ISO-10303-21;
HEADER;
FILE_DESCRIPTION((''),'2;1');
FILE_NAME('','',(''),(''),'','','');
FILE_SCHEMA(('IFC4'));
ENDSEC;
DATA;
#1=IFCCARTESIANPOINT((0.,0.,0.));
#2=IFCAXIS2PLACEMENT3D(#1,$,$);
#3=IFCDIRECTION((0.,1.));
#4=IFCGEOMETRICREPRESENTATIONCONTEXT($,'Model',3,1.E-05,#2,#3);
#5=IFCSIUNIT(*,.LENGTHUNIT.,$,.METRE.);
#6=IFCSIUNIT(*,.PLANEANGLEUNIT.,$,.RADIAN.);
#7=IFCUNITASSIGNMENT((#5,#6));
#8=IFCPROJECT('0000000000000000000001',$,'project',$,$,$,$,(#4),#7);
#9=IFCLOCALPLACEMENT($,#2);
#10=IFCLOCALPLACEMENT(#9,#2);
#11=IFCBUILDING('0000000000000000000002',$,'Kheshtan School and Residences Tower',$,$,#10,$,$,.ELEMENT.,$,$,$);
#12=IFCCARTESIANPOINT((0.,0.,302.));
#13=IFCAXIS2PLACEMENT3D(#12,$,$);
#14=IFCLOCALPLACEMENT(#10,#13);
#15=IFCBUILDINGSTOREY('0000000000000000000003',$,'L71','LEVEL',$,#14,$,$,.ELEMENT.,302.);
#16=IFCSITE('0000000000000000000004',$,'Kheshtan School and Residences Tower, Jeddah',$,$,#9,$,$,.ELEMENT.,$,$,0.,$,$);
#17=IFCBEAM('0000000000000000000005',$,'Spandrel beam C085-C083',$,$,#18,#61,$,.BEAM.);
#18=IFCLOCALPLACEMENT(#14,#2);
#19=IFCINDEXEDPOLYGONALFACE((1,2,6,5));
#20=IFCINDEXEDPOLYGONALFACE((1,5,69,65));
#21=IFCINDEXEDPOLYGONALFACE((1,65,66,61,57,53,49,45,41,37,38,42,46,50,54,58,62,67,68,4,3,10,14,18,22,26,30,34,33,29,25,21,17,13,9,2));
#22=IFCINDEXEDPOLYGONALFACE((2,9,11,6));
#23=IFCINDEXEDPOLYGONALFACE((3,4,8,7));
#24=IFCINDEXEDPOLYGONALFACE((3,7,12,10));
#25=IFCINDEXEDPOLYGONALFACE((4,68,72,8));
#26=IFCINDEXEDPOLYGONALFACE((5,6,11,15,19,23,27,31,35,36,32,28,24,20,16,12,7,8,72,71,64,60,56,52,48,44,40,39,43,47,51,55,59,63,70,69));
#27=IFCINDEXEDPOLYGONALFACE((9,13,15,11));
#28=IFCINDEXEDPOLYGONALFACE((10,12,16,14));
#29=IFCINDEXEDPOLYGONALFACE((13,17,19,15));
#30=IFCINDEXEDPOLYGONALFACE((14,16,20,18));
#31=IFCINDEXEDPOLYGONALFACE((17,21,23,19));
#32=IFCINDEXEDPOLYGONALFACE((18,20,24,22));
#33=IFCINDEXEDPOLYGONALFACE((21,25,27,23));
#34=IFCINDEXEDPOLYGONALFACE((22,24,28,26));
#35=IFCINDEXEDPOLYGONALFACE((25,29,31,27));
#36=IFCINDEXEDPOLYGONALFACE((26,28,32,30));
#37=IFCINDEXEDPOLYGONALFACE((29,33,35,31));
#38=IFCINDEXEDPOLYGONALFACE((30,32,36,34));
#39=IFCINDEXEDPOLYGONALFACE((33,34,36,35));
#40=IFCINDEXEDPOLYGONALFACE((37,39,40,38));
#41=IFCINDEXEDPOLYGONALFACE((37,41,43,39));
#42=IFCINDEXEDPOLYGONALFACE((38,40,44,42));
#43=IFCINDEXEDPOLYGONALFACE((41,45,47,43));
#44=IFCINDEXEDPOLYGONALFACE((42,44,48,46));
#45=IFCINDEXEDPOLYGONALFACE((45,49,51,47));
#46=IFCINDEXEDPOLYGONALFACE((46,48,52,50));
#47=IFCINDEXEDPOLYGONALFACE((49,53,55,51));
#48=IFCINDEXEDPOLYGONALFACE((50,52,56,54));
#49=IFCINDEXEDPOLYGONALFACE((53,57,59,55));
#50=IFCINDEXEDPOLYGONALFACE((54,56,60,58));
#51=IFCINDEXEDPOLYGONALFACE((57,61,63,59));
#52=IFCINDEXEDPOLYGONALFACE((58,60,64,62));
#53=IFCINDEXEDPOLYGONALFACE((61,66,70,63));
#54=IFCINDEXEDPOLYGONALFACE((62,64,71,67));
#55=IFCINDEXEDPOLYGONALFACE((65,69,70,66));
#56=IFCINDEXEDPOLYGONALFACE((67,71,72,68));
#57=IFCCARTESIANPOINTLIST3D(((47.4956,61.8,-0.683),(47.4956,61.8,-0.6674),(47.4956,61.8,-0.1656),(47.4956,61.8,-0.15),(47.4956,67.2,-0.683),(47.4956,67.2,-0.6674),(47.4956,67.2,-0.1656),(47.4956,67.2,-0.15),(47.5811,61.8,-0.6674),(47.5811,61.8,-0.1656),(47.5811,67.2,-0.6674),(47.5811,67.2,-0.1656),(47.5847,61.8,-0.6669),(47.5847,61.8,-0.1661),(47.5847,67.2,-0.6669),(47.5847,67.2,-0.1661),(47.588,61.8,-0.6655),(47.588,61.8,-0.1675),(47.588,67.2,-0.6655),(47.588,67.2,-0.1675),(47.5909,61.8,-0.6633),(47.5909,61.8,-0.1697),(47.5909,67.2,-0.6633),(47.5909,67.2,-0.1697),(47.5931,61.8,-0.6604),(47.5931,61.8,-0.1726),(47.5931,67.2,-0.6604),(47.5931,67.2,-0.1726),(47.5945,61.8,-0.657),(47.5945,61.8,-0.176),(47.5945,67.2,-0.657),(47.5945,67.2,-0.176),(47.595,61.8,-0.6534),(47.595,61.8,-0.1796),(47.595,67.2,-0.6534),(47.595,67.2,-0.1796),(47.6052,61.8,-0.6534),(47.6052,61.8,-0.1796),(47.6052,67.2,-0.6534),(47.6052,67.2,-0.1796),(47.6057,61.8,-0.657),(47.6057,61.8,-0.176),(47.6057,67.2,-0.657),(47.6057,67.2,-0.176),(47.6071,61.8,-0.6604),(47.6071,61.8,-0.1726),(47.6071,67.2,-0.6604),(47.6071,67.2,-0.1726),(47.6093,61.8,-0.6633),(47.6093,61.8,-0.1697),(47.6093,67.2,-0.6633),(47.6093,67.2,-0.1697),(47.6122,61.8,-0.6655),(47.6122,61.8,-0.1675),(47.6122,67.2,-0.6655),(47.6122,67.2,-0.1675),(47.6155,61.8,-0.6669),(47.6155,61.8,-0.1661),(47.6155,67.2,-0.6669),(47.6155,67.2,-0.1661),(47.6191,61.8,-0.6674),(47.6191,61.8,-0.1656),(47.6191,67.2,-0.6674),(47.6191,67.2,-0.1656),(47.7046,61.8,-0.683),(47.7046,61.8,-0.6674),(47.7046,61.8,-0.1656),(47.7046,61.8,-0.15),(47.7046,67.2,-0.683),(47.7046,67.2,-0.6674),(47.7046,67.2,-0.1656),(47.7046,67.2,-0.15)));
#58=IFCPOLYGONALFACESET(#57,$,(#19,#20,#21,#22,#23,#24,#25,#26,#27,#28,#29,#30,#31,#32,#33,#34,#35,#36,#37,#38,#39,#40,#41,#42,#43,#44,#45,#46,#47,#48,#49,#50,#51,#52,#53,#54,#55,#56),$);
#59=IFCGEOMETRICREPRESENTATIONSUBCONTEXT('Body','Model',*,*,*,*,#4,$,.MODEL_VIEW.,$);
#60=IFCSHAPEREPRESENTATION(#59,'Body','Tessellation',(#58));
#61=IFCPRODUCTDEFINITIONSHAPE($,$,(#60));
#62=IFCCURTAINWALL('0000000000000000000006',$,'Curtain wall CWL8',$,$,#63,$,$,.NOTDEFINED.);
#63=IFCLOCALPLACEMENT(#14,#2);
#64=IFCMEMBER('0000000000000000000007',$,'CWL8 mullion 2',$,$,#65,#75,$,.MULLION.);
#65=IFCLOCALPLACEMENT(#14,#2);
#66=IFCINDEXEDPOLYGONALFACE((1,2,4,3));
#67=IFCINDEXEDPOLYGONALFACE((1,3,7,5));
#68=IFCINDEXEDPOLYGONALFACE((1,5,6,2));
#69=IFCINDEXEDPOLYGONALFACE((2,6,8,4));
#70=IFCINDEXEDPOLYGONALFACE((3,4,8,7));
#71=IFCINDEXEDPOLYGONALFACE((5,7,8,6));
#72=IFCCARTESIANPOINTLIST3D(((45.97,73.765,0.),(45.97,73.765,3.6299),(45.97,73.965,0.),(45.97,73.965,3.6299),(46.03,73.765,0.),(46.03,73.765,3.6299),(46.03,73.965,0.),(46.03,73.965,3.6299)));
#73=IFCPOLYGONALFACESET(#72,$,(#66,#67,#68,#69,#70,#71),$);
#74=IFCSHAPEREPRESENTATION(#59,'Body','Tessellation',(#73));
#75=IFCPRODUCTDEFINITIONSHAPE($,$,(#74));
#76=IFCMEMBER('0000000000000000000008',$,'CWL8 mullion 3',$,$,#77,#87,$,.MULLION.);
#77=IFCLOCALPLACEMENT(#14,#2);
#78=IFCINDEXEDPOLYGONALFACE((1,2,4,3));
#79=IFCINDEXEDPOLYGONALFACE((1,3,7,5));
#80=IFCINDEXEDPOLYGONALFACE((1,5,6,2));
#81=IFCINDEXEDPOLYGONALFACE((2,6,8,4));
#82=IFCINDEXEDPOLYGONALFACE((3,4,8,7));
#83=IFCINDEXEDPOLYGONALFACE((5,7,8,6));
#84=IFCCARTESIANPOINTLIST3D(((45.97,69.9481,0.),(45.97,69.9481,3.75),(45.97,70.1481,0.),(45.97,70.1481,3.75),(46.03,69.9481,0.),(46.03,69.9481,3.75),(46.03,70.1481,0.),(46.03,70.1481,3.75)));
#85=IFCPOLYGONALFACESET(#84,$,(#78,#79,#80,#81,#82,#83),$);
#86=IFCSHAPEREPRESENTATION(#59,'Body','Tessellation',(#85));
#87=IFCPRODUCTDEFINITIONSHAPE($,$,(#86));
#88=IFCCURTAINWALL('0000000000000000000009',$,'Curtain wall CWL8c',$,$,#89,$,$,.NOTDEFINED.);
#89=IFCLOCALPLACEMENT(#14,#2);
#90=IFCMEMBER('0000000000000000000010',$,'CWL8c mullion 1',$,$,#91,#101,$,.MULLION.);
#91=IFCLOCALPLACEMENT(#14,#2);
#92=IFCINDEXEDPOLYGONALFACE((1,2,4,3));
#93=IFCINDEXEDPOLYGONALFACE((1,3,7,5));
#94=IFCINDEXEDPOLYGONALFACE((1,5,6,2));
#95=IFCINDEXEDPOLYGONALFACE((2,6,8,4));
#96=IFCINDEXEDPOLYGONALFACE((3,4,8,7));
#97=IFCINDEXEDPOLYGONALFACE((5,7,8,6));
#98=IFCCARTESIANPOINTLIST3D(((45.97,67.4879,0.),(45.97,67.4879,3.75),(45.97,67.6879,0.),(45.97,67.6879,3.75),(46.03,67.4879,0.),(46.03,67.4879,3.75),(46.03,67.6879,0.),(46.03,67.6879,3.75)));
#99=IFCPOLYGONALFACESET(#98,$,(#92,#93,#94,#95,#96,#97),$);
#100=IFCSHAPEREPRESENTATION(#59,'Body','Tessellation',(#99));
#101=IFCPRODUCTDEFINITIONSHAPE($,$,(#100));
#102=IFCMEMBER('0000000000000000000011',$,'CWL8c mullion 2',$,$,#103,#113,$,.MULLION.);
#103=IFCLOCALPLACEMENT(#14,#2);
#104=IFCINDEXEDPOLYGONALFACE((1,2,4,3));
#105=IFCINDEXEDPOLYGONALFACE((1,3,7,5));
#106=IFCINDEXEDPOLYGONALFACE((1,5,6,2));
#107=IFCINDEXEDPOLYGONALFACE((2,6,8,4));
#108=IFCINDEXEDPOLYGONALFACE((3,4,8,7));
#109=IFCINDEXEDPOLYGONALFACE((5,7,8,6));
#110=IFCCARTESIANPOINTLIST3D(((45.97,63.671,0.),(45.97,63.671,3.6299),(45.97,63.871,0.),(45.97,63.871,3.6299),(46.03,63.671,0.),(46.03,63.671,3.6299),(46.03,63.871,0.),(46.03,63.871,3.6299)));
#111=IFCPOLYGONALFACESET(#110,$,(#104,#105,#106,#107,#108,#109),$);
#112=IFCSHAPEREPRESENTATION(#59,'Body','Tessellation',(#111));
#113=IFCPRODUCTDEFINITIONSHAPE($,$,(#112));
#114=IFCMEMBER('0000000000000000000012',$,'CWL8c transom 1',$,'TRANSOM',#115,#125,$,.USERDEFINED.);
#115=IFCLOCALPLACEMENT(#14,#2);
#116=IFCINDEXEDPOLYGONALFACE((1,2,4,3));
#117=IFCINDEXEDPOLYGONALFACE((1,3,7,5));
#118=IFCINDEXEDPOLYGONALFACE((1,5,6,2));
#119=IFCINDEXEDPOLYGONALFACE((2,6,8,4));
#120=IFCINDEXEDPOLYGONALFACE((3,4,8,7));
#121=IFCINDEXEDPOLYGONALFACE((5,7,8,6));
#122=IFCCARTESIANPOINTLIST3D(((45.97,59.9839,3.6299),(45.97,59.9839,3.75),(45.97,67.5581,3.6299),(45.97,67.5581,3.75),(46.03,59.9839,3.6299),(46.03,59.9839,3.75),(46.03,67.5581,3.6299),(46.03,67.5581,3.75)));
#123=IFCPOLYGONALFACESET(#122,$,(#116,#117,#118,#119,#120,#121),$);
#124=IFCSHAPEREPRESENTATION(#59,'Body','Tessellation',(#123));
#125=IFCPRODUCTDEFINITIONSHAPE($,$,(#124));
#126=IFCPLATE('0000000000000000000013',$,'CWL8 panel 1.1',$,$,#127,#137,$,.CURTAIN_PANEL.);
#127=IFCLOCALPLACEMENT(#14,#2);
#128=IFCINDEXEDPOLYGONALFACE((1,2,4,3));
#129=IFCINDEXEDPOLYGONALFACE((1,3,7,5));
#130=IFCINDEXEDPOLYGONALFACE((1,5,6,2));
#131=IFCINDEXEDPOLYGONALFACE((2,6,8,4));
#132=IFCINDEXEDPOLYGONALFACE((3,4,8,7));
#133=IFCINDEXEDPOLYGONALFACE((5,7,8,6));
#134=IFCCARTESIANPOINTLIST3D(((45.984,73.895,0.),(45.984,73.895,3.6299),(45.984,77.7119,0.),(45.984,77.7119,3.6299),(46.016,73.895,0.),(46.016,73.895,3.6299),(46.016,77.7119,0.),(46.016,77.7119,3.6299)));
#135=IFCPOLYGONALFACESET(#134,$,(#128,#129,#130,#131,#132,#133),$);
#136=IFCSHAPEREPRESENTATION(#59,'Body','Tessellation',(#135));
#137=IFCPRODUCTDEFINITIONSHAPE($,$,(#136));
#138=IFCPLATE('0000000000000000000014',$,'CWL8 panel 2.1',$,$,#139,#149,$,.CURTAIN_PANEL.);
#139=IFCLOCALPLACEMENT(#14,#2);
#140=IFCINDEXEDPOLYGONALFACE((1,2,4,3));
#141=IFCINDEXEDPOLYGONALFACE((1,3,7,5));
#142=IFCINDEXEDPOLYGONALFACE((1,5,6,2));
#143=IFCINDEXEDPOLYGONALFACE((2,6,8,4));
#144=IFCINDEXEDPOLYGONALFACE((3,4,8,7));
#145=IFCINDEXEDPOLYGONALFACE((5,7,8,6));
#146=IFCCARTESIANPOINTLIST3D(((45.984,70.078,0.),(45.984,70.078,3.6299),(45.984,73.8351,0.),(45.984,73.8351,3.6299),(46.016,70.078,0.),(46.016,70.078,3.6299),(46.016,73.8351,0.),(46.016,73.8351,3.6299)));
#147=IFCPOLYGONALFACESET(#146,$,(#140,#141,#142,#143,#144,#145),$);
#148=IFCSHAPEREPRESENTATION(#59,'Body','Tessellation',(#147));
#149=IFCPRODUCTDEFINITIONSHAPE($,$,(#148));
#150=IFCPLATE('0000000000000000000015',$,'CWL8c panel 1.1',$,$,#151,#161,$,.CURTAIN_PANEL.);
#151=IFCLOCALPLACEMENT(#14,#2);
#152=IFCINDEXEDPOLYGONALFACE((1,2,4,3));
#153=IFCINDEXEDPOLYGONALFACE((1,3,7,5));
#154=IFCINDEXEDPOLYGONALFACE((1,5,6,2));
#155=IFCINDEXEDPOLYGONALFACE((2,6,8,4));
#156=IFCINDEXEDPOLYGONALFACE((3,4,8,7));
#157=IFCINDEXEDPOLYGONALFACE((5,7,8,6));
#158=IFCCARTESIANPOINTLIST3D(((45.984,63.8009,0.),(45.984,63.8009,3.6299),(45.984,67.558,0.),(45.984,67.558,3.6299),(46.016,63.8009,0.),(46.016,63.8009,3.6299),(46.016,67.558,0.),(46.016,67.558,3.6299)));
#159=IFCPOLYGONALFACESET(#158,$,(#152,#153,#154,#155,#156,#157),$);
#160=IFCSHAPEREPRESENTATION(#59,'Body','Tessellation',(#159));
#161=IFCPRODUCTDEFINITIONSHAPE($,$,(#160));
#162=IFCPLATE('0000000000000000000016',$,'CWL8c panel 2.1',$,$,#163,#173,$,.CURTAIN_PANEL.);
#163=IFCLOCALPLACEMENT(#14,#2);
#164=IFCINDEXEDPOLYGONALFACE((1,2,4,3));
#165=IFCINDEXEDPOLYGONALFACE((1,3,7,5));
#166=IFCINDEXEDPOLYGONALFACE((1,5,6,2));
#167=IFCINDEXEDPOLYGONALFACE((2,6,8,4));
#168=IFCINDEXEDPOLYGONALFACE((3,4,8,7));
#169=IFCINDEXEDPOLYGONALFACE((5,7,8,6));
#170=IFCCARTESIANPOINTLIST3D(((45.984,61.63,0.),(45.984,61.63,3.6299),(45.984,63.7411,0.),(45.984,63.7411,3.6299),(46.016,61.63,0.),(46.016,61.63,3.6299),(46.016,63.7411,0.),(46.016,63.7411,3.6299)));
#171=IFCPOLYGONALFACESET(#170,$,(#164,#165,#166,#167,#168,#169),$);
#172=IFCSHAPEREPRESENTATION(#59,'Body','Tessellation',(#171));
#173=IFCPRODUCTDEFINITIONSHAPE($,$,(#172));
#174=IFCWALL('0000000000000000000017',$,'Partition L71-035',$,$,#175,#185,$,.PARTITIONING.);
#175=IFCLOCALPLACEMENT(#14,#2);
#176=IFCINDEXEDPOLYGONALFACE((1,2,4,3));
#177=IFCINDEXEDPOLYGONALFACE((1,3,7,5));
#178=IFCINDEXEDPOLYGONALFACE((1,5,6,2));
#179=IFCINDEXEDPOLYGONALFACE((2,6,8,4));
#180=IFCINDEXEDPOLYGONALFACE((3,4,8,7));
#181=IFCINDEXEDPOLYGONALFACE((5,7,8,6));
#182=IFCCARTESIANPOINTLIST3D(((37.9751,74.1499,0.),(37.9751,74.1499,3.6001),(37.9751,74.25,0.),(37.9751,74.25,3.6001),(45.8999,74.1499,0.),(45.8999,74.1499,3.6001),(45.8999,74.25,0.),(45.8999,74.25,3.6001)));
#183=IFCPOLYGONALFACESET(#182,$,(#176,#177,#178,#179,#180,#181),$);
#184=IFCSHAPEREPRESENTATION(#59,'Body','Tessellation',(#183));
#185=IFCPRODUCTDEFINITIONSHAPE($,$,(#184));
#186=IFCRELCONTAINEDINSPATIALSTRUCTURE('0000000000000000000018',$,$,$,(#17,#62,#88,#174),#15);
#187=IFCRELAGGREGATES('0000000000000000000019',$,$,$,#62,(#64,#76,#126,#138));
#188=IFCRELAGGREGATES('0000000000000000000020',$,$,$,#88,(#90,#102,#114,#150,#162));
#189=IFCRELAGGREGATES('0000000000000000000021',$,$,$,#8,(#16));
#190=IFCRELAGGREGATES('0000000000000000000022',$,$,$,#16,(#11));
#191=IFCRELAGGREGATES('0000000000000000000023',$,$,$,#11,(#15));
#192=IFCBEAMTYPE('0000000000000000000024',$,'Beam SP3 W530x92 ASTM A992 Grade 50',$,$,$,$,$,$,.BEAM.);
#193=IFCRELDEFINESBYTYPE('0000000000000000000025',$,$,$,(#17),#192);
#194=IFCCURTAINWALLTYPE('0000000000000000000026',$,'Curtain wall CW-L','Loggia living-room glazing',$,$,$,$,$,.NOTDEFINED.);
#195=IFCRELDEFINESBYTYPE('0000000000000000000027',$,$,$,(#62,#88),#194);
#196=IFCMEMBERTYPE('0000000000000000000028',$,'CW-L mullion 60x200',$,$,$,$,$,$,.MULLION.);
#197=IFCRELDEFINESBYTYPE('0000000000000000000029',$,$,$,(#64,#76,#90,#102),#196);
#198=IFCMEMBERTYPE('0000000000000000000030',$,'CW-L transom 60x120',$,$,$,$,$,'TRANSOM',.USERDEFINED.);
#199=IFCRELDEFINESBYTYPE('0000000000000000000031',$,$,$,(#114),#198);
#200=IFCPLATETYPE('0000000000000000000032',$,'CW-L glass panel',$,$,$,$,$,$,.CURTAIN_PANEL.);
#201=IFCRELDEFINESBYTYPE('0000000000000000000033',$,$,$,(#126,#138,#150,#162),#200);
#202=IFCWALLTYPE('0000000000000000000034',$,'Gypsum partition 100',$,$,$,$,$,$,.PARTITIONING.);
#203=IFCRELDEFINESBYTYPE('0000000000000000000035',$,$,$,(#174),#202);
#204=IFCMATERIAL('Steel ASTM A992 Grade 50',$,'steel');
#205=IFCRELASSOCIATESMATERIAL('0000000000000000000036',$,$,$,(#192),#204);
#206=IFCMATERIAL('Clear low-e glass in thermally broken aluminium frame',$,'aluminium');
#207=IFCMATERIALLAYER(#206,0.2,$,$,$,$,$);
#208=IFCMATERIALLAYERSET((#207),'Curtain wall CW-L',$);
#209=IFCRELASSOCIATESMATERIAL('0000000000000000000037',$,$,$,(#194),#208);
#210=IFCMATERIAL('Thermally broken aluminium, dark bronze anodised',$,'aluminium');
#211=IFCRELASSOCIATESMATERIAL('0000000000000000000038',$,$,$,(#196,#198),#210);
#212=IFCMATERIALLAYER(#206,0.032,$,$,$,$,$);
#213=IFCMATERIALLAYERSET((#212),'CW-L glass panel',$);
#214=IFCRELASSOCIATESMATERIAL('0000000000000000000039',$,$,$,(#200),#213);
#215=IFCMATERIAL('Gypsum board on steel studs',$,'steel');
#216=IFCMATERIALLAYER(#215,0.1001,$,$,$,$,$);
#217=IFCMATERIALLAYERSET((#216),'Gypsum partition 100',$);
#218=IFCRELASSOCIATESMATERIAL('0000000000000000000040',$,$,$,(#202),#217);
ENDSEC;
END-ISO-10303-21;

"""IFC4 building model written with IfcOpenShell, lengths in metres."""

from ifc_helpers import new_model, si_unit, direction, frame, frame_2d, origin, origin_2d, place, context, subcontext, project, spatial, rectangle, i_section, extrude, material, layer, layer_set, material_profile, profile_set, type_object, element, aggregate, save


model = new_model("IFC4")

# Units and contexts
model_context = context("Model", 3, precision=1e-05, world=origin(), true_north=direction((0.0, 1.0)))
body_context = subcontext(model_context, "Body", "Model", "MODEL_VIEW")
ifc_project = project(units=[si_unit("LENGTHUNIT", "METRE"), si_unit("PLANEANGLEUNIT", "RADIAN")], contexts=[model_context])

# Site, building, storey
site_placement = place(None, origin())
site = spatial("IfcSite", under=ifc_project, at=site_placement, Name="Kheshtan School and Residences Tower, Jeddah", CompositionType="ELEMENT", RefElevation=0.0)
building_placement = place(site_placement, origin())
building = spatial("IfcBuilding", under=site, at=building_placement, Name="Kheshtan School and Residences Tower", CompositionType="ELEMENT")
storey_placement = place(building_placement, frame((0.0, 0.0, 302.0)))
storey = spatial("IfcBuildingStorey", under=building, at=storey_placement, Name="L71", Description="LEVEL", CompositionType="ELEMENT", Elevation=302.0)

# Shared definitions
ifc_material_1 = material(Name="Steel ASTM A992 Grade 50", Category="steel")

# Beam
ifc_material_profile_1 = material_profile(ifc_material_1, i_section(OverallWidth=0.209, OverallDepth=0.533, WebThickness=0.0103, FlangeThickness=0.0156, FilletRadius=0.0139, at=origin_2d()), Name="W530x92")
ifc_profile_set_1 = profile_set([ifc_material_profile_1], Name="Steel ASTM A992 Grade 50")
beam_type_1 = type_object("IfcBeamType", Name="Beam SP3 W530x92 ASTM A992 Grade 50", PredefinedType="BEAM", material=ifc_profile_set_1)
beam_1_placement = place(storey_placement, frame((47.6001, 67.2, -0.4165), z_axis=(0.0, -1.0, 0.0), x_axis=(1.0, 0.0, 0.0)))
element("IfcBeam", 1, at=beam_1_placement, inside=storey, type_object=beam_type_1, Name="Spandrel beam C085-C083", PredefinedType="BEAM", context=body_context, shape_type="SweptSolid", body=[
    extrude(i_section(OverallWidth=0.209, OverallDepth=0.533, WebThickness=0.0103, FlangeThickness=0.0156, FilletRadius=0.0139, at=origin_2d()), origin(), (0.0, 0.0, 1.0), 5.3999),
])

# Curtain walls, members
ifc_material_2 = material(Name="Clear low-e glass in thermally broken aluminium frame", Category="aluminium")
ifc_layer_1 = layer(ifc_material_2, 0.2)
ifc_layer_set_1 = layer_set([ifc_layer_1], Name="Curtain wall CW-L")
curtain_wall_type = type_object("IfcCurtainWallType", Name="Curtain wall CW-L", Description="Loggia living-room glazing", PredefinedType="NOTDEFINED", material=ifc_layer_set_1)
curtain_wall_1_placement = place(storey_placement, origin())
curtain_wall_1 = element("IfcCurtainWall", 2, at=curtain_wall_1_placement, inside=storey, type_object=curtain_wall_type, Name="Curtain wall CWL8", PredefinedType="NOTDEFINED")
ifc_material_3 = material(Name="Thermally broken aluminium, dark bronze anodised", Category="aluminium")
ifc_material_profile_2 = material_profile(ifc_material_3, rectangle(XDim=0.0601, YDim=0.2, at=origin_2d()), Name="CW-L mullion 60x200")
ifc_profile_set_2 = profile_set([ifc_material_profile_2], Name="Thermally broken aluminium, dark bronze anodised")
member_type_1 = type_object("IfcMemberType", Name="CW-L mullion 60x200", PredefinedType="MULLION", material=ifc_profile_set_2)
member_1_placement = place(storey_placement, frame((46.0, 73.865, 0.0), z_axis=(0.0, 0.0, 1.0), x_axis=(1.0, 0.0, 0.0)))
member_1 = element("IfcMember", 3, at=member_1_placement, type_object=member_type_1, Name="CWL8 mullion 2", PredefinedType="MULLION", context=body_context, shape_type="SweptSolid", body=[
    extrude(rectangle(XDim=0.0601, YDim=0.2, at=origin_2d()), origin(), (0.0, 0.0, 1.0), 3.6299),
])
member_2_placement = place(storey_placement, frame((46.0, 70.0481, 0.0), z_axis=(0.0, 0.0, 1.0), x_axis=(1.0, 0.0, 0.0)))
member_2 = element("IfcMember", 4, at=member_2_placement, type_object=member_type_1, Name="CWL8 mullion 3", PredefinedType="MULLION", context=body_context, shape_type="SweptSolid", body=[
    extrude(rectangle(XDim=0.0601, YDim=0.2, at=origin_2d()), origin(), (0.0, 0.0, 1.0), 3.75),
])
curtain_wall_2_placement = place(storey_placement, origin())
curtain_wall_2 = element("IfcCurtainWall", 5, at=curtain_wall_2_placement, inside=storey, type_object=curtain_wall_type, Name="Curtain wall CWL8c", PredefinedType="NOTDEFINED")
member_3_placement = place(storey_placement, frame((46.0, 67.5879, 0.0), z_axis=(0.0, 0.0, 1.0), x_axis=(1.0, 0.0, 0.0)))
member_3 = element("IfcMember", 6, at=member_3_placement, type_object=member_type_1, Name="CWL8c mullion 1", PredefinedType="MULLION", context=body_context, shape_type="SweptSolid", body=[
    extrude(rectangle(XDim=0.0601, YDim=0.2, at=origin_2d()), origin(), (0.0, 0.0, 1.0), 3.75),
])
member_4_placement = place(storey_placement, frame((46.0, 63.771, 0.0), z_axis=(0.0, 0.0, 1.0), x_axis=(1.0, 0.0, 0.0)))
member_4 = element("IfcMember", 7, at=member_4_placement, type_object=member_type_1, Name="CWL8c mullion 2", PredefinedType="MULLION", context=body_context, shape_type="SweptSolid", body=[
    extrude(rectangle(XDim=0.0601, YDim=0.2, at=origin_2d()), origin(), (0.0, 0.0, 1.0), 3.6299),
])
ifc_material_profile_3 = material_profile(ifc_material_3, rectangle(XDim=0.0601, YDim=0.1201, at=origin_2d()), Name="CW-L transom 60x120")
ifc_profile_set_3 = profile_set([ifc_material_profile_3], Name="Thermally broken aluminium, dark bronze anodised")
member_type_2 = type_object("IfcMemberType", Name="CW-L transom 60x120", ElementType="TRANSOM", PredefinedType="USERDEFINED", material=ifc_profile_set_3)
member_5_placement = place(storey_placement, frame((46.0, 67.5581, 3.6899), z_axis=(0.0, -1.0, 0.0), x_axis=(1.0, 0.0, 0.0)))
member_5 = element("IfcMember", 8, at=member_5_placement, type_object=member_type_2, Name="CWL8c transom 1", ObjectType="TRANSOM", PredefinedType="USERDEFINED", context=body_context, shape_type="SweptSolid", body=[
    extrude(rectangle(XDim=0.0601, YDim=0.1201, at=origin_2d()), origin(), (0.0, 0.0, 1.0), 7.5742),
])

# Plates
ifc_layer_2 = layer(ifc_material_2, 0.032)
ifc_layer_set_2 = layer_set([ifc_layer_2], Name="CW-L glass panel")
plate_type = type_object("IfcPlateType", Name="CW-L glass panel", PredefinedType="CURTAIN_PANEL", material=ifc_layer_set_2)
plate_1_placement = place(storey_placement, frame((46.0, 75.8035, 0.0), z_axis=(0.0, 0.0, 1.0), x_axis=(0.0, -1.0, 0.0)))
plate_1 = element("IfcPlate", 9, at=plate_1_placement, type_object=plate_type, Name="CWL8 panel 1.1", PredefinedType="CURTAIN_PANEL", context=body_context, shape_type="SweptSolid", body=[
    extrude(rectangle(XDim=3.8169, YDim=0.032, at=origin_2d()), origin(), (0.0, 0.0, 1.0), 3.6299),
])
plate_2_placement = place(storey_placement, frame((46.0, 71.9565, 0.0), z_axis=(0.0, 0.0, 1.0), x_axis=(0.0, -1.0, 0.0)))
plate_2 = element("IfcPlate", 10, at=plate_2_placement, type_object=plate_type, Name="CWL8 panel 2.1", PredefinedType="CURTAIN_PANEL", context=body_context, shape_type="SweptSolid", body=[
    extrude(rectangle(XDim=3.7571, YDim=0.032, at=origin_2d()), origin(), (0.0, 0.0, 1.0), 3.6299),
])
aggregate(curtain_wall_1, [member_1, member_2, plate_1, plate_2])
plate_3_placement = place(storey_placement, frame((46.0, 65.6794, 0.0), z_axis=(0.0, 0.0, 1.0), x_axis=(0.0, -1.0, 0.0)))
plate_3 = element("IfcPlate", 11, at=plate_3_placement, type_object=plate_type, Name="CWL8c panel 1.1", PredefinedType="CURTAIN_PANEL", context=body_context, shape_type="SweptSolid", body=[
    extrude(rectangle(XDim=3.7571, YDim=0.032, at=origin_2d()), origin(), (0.0, 0.0, 1.0), 3.6299),
])
plate_4_placement = place(storey_placement, frame((46.0, 62.6855, 0.0), z_axis=(0.0, 0.0, 1.0), x_axis=(0.0, -1.0, 0.0)))
plate_4 = element("IfcPlate", 12, at=plate_4_placement, type_object=plate_type, Name="CWL8c panel 2.1", PredefinedType="CURTAIN_PANEL", context=body_context, shape_type="SweptSolid", body=[
    extrude(rectangle(XDim=2.1111, YDim=0.032, at=origin_2d()), origin(), (0.0, 0.0, 1.0), 3.6299),
])
aggregate(curtain_wall_2, [member_3, member_4, member_5, plate_3, plate_4])

# Wall
ifc_material_4 = material(Name="Gypsum board on steel studs", Category="steel")
ifc_layer_3 = layer(ifc_material_4, 0.1001)
ifc_layer_set_3 = layer_set([ifc_layer_3], Name="Gypsum partition 100")
wall_type_1 = type_object("IfcWallType", Name="Gypsum partition 100", PredefinedType="PARTITIONING", material=ifc_layer_set_3)
wall_1_placement = place(storey_placement, frame((37.9751, 74.2, 0.0), z_axis=(0.0, 0.0, 1.0), x_axis=(1.0, 0.0, 0.0)))
element("IfcWall", 13, at=wall_1_placement, inside=storey, type_object=wall_type_1, Name="Partition L71-035", PredefinedType="PARTITIONING", context=body_context, shape_type="SweptSolid", body=[
    extrude(rectangle(XDim=7.9248, YDim=0.1001, at=frame_2d((3.9624, 0.0))), origin(), (0.0, 0.0, 1.0), 3.6001),
])

save(model, "model.ifc")
